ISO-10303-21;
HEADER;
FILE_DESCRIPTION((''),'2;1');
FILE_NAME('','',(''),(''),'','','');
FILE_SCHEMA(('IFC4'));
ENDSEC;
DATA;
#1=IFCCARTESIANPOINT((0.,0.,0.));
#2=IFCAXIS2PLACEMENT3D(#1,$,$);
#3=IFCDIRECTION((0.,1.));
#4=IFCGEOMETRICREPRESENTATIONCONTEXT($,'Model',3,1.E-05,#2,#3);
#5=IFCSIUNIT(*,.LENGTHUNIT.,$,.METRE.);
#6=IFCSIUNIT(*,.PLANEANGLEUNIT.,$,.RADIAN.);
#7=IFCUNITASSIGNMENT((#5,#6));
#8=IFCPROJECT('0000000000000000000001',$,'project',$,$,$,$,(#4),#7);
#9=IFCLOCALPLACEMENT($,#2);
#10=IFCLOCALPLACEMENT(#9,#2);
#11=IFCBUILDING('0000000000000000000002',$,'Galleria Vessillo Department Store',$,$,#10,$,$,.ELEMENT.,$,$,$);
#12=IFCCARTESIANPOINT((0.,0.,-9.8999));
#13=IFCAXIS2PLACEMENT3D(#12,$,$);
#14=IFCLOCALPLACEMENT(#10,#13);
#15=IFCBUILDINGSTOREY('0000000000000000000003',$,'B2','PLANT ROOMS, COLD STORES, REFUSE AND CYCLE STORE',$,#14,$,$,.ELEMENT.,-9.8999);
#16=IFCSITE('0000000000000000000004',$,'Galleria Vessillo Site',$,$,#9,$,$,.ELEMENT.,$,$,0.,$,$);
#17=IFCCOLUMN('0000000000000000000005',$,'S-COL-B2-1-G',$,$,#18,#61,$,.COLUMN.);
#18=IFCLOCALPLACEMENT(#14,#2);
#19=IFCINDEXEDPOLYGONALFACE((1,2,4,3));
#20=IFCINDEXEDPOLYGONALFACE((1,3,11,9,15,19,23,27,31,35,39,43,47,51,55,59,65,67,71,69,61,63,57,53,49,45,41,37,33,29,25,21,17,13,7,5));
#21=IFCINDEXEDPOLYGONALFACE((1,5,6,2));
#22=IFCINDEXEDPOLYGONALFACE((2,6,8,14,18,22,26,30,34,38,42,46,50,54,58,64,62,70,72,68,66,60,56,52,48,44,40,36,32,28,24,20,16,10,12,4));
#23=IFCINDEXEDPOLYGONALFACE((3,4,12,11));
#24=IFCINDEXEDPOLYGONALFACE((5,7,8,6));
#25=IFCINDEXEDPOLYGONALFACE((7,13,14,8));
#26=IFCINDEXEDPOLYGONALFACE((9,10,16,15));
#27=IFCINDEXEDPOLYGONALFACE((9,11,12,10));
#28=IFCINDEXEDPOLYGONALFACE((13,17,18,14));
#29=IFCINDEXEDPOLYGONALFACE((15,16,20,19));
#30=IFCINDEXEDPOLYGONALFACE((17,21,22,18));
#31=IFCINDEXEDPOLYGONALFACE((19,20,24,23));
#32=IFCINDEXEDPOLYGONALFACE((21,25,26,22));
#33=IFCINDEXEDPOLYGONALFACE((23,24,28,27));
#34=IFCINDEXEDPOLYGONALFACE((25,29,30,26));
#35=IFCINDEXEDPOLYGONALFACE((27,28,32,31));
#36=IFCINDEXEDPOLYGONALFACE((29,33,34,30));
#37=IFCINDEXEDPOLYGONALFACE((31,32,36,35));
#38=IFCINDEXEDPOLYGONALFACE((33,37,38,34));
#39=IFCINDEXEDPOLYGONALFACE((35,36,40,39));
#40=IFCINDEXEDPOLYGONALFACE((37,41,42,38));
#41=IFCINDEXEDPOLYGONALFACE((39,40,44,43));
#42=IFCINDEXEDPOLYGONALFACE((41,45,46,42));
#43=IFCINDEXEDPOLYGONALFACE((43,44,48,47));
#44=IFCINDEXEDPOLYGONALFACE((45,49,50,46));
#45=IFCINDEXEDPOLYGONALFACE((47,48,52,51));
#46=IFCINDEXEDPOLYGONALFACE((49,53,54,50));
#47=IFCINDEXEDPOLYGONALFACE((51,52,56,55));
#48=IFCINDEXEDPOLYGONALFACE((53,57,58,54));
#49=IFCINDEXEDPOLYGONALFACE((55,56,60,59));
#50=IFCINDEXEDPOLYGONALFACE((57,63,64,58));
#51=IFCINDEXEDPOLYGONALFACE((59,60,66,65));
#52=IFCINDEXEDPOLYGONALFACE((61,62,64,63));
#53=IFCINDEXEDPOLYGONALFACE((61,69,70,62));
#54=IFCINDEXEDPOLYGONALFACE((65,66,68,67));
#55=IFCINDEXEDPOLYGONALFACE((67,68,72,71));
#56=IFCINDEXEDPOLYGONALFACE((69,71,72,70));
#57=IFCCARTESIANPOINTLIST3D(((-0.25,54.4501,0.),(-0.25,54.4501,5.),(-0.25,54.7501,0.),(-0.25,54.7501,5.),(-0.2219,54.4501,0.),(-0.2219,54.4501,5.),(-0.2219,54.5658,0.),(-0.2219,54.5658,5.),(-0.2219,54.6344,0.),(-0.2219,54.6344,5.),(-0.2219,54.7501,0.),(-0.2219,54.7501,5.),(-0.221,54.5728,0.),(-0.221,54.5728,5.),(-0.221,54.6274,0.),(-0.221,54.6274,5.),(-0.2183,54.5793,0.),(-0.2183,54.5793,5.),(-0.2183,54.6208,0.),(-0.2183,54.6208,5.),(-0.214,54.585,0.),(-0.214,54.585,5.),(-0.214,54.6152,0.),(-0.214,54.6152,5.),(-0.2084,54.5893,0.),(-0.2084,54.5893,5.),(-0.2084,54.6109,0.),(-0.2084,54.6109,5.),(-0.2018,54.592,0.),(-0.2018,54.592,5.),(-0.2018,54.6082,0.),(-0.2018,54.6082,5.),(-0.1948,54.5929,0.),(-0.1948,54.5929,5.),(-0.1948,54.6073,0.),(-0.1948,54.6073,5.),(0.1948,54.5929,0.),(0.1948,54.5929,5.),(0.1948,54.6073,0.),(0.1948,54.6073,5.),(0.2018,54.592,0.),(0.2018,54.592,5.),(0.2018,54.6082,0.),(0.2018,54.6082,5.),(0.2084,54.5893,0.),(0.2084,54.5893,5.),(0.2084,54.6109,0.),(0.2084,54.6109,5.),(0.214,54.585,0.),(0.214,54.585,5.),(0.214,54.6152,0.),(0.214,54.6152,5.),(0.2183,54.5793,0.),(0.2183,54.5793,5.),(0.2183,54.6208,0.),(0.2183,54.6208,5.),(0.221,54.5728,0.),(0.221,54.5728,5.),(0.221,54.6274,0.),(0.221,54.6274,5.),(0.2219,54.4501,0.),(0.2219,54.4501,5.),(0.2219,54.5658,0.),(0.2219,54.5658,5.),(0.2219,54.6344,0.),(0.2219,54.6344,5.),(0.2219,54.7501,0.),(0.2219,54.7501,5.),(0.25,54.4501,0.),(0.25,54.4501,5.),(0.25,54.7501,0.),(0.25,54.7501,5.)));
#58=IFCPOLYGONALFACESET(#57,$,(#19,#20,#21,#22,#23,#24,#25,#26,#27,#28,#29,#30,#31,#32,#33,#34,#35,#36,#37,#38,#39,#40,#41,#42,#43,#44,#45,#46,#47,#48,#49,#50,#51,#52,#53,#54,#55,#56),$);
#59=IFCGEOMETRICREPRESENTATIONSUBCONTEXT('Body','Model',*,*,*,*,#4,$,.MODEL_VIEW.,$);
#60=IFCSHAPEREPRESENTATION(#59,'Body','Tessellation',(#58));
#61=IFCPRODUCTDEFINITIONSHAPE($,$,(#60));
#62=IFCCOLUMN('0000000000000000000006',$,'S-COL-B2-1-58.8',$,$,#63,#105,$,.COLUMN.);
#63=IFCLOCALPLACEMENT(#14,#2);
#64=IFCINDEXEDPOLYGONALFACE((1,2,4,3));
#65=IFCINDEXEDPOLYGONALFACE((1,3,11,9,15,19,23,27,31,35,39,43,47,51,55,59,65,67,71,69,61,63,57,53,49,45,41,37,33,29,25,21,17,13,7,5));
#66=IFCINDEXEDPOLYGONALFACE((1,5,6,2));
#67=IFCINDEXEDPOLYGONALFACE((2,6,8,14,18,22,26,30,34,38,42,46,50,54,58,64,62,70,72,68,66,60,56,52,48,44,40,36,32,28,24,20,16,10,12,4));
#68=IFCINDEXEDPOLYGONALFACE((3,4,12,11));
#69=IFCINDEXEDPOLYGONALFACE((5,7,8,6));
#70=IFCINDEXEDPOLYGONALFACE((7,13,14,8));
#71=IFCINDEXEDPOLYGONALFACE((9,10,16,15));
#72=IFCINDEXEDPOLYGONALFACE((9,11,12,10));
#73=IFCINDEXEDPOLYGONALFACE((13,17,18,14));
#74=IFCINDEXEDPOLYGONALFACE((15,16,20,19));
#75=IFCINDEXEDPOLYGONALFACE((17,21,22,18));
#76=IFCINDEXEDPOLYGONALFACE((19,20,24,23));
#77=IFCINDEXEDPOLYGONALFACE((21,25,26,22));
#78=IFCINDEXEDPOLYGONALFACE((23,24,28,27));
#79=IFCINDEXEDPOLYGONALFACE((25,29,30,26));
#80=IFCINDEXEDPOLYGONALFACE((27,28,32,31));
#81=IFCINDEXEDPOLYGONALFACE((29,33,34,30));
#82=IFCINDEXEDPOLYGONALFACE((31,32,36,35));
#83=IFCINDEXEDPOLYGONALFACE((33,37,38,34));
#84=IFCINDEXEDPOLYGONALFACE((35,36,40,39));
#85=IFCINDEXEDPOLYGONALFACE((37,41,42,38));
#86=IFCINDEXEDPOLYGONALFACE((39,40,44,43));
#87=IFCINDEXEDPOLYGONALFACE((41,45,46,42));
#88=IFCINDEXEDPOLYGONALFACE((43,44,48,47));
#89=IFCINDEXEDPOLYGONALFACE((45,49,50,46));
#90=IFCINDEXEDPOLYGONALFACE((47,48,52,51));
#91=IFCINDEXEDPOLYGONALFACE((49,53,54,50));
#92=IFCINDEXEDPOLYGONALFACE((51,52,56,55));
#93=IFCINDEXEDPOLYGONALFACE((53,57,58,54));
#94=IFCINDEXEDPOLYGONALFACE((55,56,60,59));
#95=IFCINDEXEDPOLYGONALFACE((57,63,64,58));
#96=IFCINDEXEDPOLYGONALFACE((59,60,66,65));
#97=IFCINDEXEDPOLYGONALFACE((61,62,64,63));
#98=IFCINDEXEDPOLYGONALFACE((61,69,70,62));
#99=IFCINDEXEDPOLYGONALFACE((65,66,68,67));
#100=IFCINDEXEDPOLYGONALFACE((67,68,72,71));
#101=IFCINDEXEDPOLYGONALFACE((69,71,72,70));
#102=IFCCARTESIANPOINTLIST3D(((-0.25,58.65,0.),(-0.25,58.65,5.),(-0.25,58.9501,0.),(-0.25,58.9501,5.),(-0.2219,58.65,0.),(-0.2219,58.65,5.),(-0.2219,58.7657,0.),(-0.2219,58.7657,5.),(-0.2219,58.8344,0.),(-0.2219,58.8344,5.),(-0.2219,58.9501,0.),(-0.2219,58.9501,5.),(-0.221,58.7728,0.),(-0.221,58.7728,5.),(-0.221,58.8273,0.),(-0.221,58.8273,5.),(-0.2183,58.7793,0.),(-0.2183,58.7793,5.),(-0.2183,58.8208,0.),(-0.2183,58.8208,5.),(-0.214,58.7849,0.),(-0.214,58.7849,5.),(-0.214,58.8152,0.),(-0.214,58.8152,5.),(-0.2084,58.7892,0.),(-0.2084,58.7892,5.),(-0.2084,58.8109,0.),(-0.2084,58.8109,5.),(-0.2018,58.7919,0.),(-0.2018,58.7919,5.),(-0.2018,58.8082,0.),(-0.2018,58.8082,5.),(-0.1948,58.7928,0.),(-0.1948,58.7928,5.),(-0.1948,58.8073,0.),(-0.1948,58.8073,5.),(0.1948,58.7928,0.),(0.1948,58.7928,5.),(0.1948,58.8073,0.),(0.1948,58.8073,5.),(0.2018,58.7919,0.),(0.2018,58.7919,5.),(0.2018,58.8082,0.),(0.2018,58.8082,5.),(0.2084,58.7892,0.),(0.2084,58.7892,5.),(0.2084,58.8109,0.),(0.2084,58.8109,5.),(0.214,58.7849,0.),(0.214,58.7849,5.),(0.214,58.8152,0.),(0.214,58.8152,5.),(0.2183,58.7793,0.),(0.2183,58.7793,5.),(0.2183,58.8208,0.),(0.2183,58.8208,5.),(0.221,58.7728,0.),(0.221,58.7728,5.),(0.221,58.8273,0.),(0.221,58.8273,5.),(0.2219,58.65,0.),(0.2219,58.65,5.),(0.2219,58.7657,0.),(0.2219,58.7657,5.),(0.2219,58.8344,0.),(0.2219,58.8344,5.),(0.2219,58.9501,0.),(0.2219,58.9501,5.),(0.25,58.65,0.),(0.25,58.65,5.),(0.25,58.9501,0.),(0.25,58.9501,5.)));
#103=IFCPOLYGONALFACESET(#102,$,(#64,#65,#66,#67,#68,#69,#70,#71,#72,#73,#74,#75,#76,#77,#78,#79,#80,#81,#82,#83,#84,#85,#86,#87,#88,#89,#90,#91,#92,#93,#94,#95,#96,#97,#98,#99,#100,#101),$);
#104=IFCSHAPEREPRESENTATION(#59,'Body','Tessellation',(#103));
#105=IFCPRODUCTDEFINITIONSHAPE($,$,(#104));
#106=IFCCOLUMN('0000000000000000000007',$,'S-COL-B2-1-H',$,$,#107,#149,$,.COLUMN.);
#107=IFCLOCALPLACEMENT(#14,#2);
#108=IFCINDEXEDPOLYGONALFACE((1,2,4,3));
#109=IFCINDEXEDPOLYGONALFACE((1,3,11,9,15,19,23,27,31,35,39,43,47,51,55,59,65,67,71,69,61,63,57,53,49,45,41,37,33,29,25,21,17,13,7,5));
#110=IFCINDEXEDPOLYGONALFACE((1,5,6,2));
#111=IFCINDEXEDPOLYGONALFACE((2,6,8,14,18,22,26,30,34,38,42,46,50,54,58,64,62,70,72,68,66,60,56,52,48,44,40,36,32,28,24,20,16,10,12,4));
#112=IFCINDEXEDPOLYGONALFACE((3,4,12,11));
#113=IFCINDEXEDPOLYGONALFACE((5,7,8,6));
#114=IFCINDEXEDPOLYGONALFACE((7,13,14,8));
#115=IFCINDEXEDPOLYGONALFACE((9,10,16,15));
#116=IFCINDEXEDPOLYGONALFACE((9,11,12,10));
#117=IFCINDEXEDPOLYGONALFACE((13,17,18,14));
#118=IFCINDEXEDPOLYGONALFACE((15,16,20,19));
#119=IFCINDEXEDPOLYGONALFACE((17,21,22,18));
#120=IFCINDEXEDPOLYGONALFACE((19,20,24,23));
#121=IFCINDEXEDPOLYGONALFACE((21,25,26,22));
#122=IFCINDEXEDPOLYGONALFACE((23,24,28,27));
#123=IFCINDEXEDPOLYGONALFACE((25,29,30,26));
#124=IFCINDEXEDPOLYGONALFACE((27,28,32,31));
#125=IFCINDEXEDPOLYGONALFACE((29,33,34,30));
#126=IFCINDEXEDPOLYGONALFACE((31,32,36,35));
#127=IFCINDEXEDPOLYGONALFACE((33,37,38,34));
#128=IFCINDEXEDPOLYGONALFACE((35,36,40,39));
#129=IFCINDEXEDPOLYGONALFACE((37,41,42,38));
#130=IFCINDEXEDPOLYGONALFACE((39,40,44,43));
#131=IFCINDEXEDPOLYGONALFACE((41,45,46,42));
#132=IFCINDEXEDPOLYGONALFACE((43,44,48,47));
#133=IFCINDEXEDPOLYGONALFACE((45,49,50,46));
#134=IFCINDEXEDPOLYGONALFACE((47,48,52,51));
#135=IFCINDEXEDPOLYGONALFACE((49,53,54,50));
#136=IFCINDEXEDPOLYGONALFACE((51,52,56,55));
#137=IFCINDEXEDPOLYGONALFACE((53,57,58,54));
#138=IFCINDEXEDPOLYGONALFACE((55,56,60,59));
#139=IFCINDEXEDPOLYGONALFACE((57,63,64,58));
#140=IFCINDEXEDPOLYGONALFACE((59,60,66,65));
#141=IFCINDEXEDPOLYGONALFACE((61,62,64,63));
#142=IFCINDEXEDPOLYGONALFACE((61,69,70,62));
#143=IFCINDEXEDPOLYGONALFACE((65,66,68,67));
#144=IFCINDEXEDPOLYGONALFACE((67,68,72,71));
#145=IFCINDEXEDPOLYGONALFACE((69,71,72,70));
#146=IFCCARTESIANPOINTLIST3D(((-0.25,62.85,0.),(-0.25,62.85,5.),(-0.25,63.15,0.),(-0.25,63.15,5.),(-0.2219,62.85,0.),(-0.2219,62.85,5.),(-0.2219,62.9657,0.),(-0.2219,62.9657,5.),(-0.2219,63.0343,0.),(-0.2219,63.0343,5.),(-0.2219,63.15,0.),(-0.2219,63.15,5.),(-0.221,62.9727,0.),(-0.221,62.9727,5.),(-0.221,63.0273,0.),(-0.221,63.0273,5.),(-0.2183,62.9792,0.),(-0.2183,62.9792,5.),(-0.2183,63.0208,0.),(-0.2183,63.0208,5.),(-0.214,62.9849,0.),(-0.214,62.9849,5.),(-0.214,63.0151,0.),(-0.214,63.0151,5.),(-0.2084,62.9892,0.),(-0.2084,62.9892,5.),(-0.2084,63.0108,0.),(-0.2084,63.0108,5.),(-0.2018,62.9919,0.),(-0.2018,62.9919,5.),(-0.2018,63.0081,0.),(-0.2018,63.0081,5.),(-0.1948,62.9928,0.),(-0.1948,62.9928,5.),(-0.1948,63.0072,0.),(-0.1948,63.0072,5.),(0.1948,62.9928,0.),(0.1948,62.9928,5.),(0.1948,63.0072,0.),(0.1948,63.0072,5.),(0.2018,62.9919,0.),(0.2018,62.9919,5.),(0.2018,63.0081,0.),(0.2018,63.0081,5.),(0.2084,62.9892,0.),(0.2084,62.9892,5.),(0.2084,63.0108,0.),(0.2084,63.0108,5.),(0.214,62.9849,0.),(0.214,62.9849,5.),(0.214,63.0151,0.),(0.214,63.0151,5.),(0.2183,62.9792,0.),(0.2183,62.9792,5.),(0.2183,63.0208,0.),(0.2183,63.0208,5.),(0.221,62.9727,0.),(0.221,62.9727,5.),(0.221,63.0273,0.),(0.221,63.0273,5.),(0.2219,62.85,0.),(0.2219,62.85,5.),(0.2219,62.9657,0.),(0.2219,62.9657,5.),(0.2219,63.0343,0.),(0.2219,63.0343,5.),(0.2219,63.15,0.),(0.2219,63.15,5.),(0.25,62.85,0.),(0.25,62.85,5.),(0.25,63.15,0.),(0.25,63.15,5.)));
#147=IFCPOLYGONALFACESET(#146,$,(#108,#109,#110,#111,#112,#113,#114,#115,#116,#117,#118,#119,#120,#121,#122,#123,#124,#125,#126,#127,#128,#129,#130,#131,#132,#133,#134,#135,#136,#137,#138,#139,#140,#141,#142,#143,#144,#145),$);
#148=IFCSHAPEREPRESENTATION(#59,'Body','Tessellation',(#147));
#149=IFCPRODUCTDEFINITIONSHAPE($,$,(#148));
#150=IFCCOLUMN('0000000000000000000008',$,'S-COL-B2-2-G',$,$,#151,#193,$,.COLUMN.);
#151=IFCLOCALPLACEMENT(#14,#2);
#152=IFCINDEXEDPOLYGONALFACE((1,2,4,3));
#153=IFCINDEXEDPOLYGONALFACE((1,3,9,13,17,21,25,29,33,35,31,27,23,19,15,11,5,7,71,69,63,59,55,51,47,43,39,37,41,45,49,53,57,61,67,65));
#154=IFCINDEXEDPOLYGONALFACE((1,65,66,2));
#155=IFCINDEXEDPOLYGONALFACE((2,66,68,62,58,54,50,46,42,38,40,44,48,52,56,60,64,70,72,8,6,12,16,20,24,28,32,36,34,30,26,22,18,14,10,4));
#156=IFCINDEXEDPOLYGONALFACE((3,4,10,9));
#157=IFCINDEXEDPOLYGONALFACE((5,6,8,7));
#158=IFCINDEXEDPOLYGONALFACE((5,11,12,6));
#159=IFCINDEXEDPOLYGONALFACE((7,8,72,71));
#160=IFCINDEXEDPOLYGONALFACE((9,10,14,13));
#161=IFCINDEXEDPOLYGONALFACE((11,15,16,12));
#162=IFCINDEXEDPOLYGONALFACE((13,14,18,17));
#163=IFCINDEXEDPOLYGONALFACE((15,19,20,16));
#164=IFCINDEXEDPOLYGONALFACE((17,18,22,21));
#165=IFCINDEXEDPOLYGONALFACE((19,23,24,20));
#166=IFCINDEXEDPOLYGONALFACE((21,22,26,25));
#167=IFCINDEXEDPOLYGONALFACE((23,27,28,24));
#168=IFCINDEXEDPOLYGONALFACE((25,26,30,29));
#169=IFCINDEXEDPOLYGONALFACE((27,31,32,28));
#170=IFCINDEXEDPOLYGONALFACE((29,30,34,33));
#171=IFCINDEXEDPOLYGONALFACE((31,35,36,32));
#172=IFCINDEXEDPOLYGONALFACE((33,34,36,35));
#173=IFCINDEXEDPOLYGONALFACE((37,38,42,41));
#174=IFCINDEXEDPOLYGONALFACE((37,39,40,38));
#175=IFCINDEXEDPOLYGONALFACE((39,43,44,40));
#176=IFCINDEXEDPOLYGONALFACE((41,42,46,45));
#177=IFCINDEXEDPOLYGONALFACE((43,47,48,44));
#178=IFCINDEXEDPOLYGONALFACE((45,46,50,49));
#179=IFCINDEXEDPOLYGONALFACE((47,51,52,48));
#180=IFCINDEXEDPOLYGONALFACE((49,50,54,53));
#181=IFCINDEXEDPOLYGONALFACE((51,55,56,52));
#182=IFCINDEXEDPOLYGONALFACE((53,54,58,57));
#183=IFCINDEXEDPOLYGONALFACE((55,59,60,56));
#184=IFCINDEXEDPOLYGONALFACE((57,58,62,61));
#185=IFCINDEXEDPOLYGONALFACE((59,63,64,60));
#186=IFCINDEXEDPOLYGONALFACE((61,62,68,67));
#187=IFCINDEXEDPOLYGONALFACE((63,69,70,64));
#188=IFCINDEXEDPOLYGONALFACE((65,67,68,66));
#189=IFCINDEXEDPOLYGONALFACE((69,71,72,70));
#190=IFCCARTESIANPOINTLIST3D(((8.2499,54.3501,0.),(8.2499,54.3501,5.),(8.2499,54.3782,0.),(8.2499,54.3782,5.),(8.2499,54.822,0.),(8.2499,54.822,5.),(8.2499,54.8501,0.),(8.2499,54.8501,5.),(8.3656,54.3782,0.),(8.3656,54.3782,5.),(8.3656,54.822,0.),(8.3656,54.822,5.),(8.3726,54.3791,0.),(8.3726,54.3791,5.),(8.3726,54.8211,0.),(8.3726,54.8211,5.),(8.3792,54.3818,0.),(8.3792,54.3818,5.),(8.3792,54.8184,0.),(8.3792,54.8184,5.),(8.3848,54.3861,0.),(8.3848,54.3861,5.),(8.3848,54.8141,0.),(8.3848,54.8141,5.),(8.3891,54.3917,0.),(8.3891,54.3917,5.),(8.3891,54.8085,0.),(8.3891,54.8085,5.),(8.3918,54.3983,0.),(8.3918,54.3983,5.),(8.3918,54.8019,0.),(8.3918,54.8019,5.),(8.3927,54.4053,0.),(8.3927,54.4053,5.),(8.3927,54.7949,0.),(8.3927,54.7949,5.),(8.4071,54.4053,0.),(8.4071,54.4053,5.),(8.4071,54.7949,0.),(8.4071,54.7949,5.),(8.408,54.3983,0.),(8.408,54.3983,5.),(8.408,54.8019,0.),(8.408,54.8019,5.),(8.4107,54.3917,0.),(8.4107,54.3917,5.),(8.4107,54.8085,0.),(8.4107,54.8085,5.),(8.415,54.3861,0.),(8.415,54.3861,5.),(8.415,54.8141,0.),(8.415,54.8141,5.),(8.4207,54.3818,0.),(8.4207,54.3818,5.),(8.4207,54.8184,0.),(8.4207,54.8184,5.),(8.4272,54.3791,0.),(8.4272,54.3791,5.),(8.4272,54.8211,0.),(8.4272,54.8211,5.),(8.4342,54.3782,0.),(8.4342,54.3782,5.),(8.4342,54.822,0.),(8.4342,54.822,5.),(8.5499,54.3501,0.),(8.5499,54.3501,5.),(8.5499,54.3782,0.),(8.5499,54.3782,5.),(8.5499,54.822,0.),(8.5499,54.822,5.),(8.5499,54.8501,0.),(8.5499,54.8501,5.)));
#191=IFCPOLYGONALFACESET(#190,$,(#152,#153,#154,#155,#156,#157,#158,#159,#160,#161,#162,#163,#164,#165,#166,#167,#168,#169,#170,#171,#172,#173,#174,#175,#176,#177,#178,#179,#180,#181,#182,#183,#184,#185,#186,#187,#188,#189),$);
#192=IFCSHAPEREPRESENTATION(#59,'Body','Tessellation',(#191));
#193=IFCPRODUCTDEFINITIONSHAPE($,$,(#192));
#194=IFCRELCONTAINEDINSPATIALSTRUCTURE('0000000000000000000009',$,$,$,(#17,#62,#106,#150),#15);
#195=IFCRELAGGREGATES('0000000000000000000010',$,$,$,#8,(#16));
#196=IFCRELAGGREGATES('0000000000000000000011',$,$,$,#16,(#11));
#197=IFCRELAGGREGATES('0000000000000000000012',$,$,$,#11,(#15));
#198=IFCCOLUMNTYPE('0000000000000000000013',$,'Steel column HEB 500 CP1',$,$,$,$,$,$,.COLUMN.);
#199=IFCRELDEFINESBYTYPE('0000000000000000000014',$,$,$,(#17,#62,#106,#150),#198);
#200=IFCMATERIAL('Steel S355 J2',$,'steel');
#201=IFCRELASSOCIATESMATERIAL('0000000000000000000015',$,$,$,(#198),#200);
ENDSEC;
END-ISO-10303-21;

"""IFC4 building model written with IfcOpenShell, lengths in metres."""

from ifc_helpers import new_model, si_unit, direction, frame, origin, origin_2d, place, context, subcontext, project, spatial, i_section, extrude, material, material_profile, profile_set, type_object, element, save


model = new_model("IFC4")

# Units and contexts
model_context = context("Model", 3, precision=1e-05, world=origin(), true_north=direction((0.0, 1.0)))
body_context = subcontext(model_context, "Body", "Model", "MODEL_VIEW")
ifc_project = project(units=[si_unit("LENGTHUNIT", "METRE"), si_unit("PLANEANGLEUNIT", "RADIAN")], contexts=[model_context])

# Site, building, storey
site_placement = place(None, origin())
site = spatial("IfcSite", under=ifc_project, at=site_placement, Name="Galleria Vessillo Site", CompositionType="ELEMENT", RefElevation=0.0)
building_placement = place(site_placement, origin())
building = spatial("IfcBuilding", under=site, at=building_placement, Name="Galleria Vessillo Department Store", CompositionType="ELEMENT")
storey_placement = place(building_placement, frame((0.0, 0.0, -9.8999)))
storey = spatial("IfcBuildingStorey", under=building, at=storey_placement, Name="B2", Description="PLANT ROOMS, COLD STORES, REFUSE AND CYCLE STORE", CompositionType="ELEMENT", Elevation=-9.8999)

# Columns
ifc_material_1 = material(Name="Steel S355 J2", Category="steel")
ifc_material_profile_1 = material_profile(ifc_material_1, i_section(OverallWidth=0.3, OverallDepth=0.5, WebThickness=0.0144, FlangeThickness=0.0281, FilletRadius=0.0271, at=origin_2d()), Name="HEB 500")
ifc_profile_set_1 = profile_set([ifc_material_profile_1], Name="Steel S355 J2")
column_type = type_object("IfcColumnType", Name="Steel column HEB 500 CP1", PredefinedType="COLUMN", material=ifc_profile_set_1)
for number, where, z_axis, x_axis, name in (
    (1, (0.0, 54.6001, 0.0), (0.0, 0.0, 1.0), (0.0, 1.0, 0.0), "S-COL-B2-1-G"),
    (2, (0.0, 58.8, 0.0), (0.0, 0.0, 1.0), (0.0, 1.0, 0.0), "S-COL-B2-1-58.8"),
    (3, (0.0, 63.0, 0.0), (0.0, 0.0, 1.0), (0.0, 1.0, 0.0), "S-COL-B2-1-H"),
    (4, (8.3999, 54.6001, 0.0), (0.0, 0.0, 1.0), (1.0, 0.0, 0.0), "S-COL-B2-2-G"),
):
    element("IfcColumn", number, at=place(storey_placement, frame(where, z_axis=z_axis, x_axis=x_axis)), inside=storey, type_object=column_type, Name=name, PredefinedType="COLUMN", context=body_context, shape_type="SweptSolid", body=[
        extrude(i_section(OverallWidth=0.3, OverallDepth=0.5, WebThickness=0.0144, FlangeThickness=0.0281, FilletRadius=0.0271, at=origin_2d()), origin(), (0.0, 0.0, 1.0), 5.0),
    ])

save(model, "model.ifc")
